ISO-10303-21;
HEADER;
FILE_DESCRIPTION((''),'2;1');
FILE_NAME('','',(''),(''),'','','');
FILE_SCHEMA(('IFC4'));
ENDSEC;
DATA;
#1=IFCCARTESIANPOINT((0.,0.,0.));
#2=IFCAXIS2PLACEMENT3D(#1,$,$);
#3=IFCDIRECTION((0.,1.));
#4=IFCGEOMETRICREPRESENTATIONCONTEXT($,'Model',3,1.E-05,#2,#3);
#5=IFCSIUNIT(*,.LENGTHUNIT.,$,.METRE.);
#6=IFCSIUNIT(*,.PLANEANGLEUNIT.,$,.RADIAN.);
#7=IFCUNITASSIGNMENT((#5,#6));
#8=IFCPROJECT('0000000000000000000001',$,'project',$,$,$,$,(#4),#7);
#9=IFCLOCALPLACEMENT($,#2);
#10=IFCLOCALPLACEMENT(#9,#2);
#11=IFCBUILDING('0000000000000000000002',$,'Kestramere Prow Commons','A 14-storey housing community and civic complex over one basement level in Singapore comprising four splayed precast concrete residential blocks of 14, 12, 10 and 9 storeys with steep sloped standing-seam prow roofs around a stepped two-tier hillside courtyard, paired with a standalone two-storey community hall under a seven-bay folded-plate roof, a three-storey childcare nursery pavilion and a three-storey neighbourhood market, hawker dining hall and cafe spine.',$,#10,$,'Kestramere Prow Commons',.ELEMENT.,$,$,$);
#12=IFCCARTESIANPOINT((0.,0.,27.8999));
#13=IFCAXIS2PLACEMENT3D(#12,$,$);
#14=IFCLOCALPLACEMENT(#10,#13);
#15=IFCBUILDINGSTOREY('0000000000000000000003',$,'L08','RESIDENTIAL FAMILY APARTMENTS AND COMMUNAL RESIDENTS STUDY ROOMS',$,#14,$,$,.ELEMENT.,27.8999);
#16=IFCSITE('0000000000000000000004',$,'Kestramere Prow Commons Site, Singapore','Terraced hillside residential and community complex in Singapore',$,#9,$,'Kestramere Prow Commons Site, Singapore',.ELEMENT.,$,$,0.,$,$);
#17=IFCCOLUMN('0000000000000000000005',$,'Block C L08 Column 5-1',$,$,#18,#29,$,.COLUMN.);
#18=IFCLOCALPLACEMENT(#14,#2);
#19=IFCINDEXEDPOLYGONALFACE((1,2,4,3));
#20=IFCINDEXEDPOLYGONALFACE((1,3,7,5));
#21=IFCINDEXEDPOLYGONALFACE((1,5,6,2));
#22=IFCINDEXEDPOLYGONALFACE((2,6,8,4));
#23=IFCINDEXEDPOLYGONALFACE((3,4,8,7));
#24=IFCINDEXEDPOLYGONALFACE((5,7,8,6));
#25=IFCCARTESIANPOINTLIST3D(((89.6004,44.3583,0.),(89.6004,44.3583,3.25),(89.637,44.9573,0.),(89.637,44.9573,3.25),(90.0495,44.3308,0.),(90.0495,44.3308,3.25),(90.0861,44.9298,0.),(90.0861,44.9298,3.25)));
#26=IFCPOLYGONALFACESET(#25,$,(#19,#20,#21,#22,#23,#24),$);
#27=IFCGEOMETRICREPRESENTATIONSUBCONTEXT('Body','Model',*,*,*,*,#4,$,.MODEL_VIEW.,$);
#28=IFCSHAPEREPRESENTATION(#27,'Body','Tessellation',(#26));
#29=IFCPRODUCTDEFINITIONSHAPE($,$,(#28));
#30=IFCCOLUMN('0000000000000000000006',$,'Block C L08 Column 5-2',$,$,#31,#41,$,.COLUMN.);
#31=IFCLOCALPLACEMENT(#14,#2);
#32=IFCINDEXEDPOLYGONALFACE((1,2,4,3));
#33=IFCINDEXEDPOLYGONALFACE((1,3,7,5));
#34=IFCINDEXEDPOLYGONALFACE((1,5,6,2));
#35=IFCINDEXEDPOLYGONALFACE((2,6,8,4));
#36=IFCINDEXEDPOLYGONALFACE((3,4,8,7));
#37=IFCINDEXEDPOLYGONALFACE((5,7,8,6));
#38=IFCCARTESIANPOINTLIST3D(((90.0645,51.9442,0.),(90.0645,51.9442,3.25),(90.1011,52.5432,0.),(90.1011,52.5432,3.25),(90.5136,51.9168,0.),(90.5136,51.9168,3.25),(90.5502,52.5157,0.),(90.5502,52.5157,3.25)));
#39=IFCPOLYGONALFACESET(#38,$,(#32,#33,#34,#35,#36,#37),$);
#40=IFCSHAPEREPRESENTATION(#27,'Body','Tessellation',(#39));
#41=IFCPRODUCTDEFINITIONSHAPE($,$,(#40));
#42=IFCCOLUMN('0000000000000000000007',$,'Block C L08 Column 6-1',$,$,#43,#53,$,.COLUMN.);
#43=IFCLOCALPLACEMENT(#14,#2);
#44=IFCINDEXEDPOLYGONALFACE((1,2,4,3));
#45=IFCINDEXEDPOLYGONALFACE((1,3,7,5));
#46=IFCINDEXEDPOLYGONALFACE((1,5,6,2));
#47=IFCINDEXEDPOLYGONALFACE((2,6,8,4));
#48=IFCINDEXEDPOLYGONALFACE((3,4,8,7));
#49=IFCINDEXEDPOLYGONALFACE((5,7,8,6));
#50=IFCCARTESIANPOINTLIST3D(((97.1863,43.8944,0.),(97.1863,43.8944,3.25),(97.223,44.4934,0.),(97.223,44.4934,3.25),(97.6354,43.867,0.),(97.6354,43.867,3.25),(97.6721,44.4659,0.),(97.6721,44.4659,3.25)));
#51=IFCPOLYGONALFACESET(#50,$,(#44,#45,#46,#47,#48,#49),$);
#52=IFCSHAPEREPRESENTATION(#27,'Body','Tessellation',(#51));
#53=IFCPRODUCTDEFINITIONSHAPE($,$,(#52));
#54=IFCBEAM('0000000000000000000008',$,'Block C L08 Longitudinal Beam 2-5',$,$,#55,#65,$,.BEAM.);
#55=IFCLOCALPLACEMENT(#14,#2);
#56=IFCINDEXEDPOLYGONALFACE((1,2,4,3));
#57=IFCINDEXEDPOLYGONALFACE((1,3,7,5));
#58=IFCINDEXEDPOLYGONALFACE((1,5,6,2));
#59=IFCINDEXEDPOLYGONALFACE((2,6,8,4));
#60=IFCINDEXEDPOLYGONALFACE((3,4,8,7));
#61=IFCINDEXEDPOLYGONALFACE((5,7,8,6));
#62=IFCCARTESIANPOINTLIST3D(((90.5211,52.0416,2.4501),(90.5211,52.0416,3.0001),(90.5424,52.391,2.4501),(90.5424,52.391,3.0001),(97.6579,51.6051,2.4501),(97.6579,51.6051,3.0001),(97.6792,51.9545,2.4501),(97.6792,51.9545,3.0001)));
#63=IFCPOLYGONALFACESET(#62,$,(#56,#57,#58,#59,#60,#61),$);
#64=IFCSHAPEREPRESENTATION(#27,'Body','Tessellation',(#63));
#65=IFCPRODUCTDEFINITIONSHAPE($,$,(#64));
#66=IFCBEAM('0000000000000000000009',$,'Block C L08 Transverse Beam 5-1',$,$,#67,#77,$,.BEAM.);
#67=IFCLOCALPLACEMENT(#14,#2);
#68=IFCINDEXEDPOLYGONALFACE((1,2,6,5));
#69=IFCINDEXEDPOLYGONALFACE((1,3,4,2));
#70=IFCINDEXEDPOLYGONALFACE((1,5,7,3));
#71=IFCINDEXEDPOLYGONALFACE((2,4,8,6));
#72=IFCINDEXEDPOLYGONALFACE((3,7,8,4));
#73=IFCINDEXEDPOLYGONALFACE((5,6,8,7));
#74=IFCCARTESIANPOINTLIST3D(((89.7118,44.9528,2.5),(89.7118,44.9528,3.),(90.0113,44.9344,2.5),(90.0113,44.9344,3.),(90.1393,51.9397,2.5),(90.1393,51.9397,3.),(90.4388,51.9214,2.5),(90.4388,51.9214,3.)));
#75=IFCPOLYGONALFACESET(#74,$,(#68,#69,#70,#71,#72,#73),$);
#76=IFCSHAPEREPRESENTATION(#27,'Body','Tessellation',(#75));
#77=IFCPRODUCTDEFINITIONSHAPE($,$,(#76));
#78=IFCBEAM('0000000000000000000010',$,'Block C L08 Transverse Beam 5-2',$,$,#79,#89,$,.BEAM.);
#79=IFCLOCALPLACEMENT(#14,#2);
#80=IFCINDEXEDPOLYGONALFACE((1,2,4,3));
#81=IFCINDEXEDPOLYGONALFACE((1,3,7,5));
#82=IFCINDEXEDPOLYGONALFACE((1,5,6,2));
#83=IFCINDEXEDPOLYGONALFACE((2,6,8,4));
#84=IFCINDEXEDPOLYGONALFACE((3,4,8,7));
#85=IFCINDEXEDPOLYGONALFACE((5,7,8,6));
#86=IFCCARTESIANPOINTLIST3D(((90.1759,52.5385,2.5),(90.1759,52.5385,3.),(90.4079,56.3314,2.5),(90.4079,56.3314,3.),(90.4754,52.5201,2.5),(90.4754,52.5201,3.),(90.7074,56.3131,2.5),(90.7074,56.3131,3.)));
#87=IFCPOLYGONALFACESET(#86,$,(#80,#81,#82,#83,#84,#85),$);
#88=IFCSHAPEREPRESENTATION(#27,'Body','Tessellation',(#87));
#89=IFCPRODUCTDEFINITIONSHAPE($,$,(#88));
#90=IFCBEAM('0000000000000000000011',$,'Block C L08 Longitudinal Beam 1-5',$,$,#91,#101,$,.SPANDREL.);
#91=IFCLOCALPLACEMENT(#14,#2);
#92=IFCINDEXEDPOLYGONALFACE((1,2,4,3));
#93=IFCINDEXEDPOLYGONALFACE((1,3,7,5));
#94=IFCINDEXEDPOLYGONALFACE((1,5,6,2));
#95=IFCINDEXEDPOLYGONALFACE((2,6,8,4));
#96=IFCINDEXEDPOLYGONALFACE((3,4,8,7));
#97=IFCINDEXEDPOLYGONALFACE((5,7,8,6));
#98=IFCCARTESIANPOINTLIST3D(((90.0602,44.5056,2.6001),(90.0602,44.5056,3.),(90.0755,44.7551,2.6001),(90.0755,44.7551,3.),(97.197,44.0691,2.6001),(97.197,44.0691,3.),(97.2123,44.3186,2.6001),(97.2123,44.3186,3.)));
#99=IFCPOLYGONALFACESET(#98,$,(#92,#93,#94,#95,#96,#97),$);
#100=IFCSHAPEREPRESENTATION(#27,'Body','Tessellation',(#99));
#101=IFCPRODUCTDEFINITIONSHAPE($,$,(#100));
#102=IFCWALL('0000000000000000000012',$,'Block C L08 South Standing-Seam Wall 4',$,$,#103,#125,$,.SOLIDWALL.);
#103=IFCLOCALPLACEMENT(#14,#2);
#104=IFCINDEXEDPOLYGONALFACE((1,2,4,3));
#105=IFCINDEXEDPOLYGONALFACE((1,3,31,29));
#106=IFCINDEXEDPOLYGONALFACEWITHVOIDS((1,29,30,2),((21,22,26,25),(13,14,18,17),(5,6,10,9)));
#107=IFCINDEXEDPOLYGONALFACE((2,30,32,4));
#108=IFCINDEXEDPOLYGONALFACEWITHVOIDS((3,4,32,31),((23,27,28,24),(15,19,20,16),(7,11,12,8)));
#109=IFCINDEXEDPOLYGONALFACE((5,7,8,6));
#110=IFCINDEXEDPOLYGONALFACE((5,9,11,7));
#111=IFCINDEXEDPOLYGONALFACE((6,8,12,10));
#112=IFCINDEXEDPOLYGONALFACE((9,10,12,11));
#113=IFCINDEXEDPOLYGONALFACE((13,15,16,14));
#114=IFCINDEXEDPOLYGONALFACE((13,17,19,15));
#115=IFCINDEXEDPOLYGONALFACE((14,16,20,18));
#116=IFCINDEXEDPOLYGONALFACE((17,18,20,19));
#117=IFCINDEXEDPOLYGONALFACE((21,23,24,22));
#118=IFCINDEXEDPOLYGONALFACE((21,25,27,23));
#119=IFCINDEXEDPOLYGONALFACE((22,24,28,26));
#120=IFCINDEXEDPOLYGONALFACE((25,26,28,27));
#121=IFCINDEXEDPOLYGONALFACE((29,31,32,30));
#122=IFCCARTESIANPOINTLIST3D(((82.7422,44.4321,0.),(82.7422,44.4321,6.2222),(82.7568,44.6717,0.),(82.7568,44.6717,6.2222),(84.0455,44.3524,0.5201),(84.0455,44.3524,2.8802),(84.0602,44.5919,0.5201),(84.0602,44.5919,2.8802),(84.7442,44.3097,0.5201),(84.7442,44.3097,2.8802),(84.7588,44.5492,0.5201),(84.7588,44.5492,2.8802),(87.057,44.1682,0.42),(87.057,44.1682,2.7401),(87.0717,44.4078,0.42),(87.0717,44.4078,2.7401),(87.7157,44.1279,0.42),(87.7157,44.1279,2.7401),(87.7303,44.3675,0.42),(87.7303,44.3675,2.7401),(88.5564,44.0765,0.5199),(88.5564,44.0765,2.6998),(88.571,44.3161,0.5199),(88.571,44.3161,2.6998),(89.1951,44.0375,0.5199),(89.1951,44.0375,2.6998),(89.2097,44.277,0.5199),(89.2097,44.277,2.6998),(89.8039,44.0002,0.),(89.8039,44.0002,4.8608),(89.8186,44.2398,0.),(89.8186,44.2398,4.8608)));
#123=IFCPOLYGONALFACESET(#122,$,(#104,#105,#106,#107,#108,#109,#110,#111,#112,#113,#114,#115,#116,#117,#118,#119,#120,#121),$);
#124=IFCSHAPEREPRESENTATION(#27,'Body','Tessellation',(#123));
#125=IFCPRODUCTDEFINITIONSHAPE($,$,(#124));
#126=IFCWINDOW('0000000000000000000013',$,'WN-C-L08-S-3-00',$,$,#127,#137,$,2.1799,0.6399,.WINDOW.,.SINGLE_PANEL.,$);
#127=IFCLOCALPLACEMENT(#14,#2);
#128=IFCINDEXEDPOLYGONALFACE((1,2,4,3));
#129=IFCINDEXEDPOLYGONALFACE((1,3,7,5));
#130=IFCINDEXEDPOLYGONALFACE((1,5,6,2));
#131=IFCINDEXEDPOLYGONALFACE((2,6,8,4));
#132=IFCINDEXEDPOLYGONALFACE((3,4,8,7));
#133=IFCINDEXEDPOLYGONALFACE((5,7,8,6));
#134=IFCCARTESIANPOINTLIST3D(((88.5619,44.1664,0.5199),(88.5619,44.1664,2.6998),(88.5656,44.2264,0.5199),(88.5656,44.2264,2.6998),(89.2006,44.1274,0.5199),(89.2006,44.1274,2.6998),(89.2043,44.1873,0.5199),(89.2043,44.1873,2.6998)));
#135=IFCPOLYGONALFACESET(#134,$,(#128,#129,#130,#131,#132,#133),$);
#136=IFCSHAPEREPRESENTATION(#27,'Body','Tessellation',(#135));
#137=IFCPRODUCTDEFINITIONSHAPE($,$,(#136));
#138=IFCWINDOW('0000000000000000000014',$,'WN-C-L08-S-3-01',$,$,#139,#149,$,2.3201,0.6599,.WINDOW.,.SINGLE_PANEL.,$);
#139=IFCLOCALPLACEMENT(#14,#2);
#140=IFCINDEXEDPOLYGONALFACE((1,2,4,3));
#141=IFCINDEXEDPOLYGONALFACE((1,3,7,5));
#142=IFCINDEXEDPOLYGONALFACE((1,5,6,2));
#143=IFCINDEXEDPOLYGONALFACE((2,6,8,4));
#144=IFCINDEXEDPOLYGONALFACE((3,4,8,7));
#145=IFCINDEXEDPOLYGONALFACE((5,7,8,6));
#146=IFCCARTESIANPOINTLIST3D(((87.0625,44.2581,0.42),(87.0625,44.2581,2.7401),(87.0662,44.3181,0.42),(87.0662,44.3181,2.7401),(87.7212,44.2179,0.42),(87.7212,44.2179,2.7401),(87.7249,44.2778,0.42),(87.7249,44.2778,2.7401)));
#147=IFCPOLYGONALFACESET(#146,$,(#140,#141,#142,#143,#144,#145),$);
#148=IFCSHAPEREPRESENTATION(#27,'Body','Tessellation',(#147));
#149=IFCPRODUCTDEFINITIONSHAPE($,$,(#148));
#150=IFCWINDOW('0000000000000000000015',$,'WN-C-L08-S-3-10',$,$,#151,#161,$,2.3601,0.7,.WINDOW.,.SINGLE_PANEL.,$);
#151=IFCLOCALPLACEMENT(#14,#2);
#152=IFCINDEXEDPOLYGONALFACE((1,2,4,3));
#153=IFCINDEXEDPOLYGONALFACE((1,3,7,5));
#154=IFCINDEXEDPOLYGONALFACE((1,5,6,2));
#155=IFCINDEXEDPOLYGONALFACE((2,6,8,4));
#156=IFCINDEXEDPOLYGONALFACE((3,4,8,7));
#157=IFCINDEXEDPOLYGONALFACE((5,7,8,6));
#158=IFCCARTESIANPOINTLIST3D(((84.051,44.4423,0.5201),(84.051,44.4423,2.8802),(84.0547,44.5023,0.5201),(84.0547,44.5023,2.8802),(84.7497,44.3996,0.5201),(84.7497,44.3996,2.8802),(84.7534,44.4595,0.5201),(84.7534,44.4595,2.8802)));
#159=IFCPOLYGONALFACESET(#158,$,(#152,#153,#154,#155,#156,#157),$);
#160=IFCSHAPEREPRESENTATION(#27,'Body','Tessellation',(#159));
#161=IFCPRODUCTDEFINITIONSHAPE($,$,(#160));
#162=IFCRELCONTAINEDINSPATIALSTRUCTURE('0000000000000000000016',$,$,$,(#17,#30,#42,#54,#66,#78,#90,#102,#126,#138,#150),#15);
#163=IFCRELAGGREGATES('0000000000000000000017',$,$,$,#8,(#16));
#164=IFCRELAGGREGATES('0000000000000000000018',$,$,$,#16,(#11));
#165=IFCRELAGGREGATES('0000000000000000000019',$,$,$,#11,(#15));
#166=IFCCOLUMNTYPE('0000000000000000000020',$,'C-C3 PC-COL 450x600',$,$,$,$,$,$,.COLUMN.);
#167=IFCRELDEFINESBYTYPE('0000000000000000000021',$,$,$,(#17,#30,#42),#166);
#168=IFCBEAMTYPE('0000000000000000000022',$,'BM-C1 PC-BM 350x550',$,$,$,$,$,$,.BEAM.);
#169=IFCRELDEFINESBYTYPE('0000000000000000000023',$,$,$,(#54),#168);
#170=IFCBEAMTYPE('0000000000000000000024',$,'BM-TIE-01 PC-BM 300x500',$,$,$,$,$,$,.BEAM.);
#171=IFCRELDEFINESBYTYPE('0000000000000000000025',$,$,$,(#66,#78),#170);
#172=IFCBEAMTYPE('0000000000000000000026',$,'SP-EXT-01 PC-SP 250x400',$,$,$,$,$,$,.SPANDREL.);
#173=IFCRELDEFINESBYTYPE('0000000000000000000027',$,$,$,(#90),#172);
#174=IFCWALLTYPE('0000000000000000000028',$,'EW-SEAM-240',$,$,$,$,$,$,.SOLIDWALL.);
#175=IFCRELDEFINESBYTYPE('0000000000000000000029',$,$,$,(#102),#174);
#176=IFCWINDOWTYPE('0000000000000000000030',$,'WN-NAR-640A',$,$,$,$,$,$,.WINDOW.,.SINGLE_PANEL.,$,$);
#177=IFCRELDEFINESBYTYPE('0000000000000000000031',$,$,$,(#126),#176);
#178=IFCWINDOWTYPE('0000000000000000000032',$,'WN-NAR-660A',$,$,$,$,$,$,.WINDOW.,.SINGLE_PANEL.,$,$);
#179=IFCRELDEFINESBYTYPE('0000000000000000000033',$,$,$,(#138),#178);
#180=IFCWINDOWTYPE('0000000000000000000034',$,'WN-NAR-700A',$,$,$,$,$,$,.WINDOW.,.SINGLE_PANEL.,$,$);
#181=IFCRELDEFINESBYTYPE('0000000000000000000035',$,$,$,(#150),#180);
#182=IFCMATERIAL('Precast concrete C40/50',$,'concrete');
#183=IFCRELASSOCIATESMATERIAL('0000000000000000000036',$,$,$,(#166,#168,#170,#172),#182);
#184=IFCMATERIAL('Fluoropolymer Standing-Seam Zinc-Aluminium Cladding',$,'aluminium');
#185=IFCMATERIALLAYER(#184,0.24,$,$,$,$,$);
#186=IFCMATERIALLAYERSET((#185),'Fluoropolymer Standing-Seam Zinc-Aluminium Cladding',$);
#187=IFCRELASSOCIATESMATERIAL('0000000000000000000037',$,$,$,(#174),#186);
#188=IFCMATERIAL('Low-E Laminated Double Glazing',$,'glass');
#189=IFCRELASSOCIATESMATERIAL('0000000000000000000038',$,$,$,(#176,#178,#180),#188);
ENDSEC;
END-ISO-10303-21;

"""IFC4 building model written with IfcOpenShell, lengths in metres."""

from ifc_helpers import new_model, si_unit, direction, frame, frame_2d, origin, origin_2d, place, context, subcontext, project, spatial, polyline, rectangle, outline, extrude, material, layer, layer_set, material_profile, profile_set, type_object, element, fill, save


model = new_model("IFC4")

# Units and contexts
model_context = context("Model", 3, precision=1e-05, world=origin(), true_north=direction((0.0, 1.0)))
body_context = subcontext(model_context, "Body", "Model", "MODEL_VIEW")
ifc_project = project(units=[si_unit("LENGTHUNIT", "METRE"), si_unit("PLANEANGLEUNIT", "RADIAN")], contexts=[model_context])

# Site, building, storey
site_placement = place(None, origin())
site = spatial("IfcSite", under=ifc_project, at=site_placement, Name="Kestramere Prow Commons Site, Singapore", Description="Terraced hillside residential and community complex in Singapore", LongName="Kestramere Prow Commons Site, Singapore", CompositionType="ELEMENT", RefElevation=0.0)
building_placement = place(site_placement, origin())
building = spatial("IfcBuilding", under=site, at=building_placement, Name="Kestramere Prow Commons", Description="A 14-storey housing community and civic complex over one basement level in Singapore comprising four splayed precast concrete residential blocks of 14, 12, 10 and 9 storeys with steep sloped standing-seam prow roofs around a stepped two-tier hillside courtyard, paired with a standalone two-storey community hall under a seven-bay folded-plate roof, a three-storey childcare nursery pavilion and a three-storey neighbourhood market, hawker dining hall and cafe spine.", LongName="Kestramere Prow Commons", CompositionType="ELEMENT")
storey_placement = place(building_placement, frame((0.0, 0.0, 27.8999)))
storey = spatial("IfcBuildingStorey", under=building, at=storey_placement, Name="L08", Description="RESIDENTIAL FAMILY APARTMENTS AND COMMUNAL RESIDENTS STUDY ROOMS", CompositionType="ELEMENT", Elevation=27.8999)

# Columns
ifc_material_1 = material(Name="Precast concrete C40/50", Category="concrete")
ifc_material_profile_1 = material_profile(ifc_material_1, rectangle(XDim=0.45, YDim=0.6001, at=origin_2d()), Name="PC-COL 450x600")
ifc_profile_set_1 = profile_set([ifc_material_profile_1], Name="Precast concrete C40/50")
column_type = type_object("IfcColumnType", Name="C-C3 PC-COL 450x600", PredefinedType="COLUMN", material=ifc_profile_set_1)
for number, where, z_axis, x_axis, name in (
    (1, (89.8433, 44.644, 0.0), (0.0, 0.0, 1.0), (0.998135, -0.061049, 0.0), "Block C L08 Column 5-1"),
    (2, (90.3074, 52.23, 0.0), (0.0, 0.0, 1.0), (0.998135, -0.061049, 0.0), "Block C L08 Column 5-2"),
    (3, (97.4292, 44.1802, 0.0), (0.0, 0.0, 1.0), (0.998135, -0.061049, 0.0), "Block C L08 Column 6-1"),
):
    element("IfcColumn", number, at=place(storey_placement, frame(where, z_axis=z_axis, x_axis=x_axis)), inside=storey, type_object=column_type, Name=name, PredefinedType="COLUMN", context=body_context, shape_type="SweptSolid", body=[
        extrude(rectangle(XDim=0.45, YDim=0.6001, at=origin_2d()), origin(), (0.0, 0.0, 1.0), 3.25),
    ])

# Beams
ifc_material_profile_2 = material_profile(ifc_material_1, rectangle(XDim=0.3501, YDim=0.55, at=origin_2d()), Name="PC-BM 350x550")
ifc_profile_set_2 = profile_set([ifc_material_profile_2], Name="Precast concrete C40/50")
beam_type_1 = type_object("IfcBeamType", Name="BM-C1 PC-BM 350x550", PredefinedType="BEAM", material=ifc_profile_set_2)
beam_1_placement = place(storey_placement, frame((90.5317, 52.2163, 2.7251), z_axis=(0.998135, -0.061052, 0.0), x_axis=(0.061052, 0.998135, 0.0)))
element("IfcBeam", 4, at=beam_1_placement, inside=storey, type_object=beam_type_1, Name="Block C L08 Longitudinal Beam 2-5", PredefinedType="BEAM", context=body_context, shape_type="SweptSolid", body=[
    extrude(rectangle(XDim=0.3501, YDim=0.55, at=origin_2d()), origin(), (0.0, 0.0, 1.0), 7.1501),
])
ifc_material_profile_3 = material_profile(ifc_material_1, rectangle(XDim=0.3, YDim=0.5, at=origin_2d()), Name="PC-BM 300x500")
ifc_profile_set_3 = profile_set([ifc_material_profile_3], Name="Precast concrete C40/50")
beam_type_2 = type_object("IfcBeamType", Name="BM-TIE-01 PC-BM 300x500", PredefinedType="BEAM", material=ifc_profile_set_3)
beam_2_placement = place(storey_placement, frame((89.8616, 44.9436, 2.75), z_axis=(0.061071, 0.998133, 0.0), x_axis=(-0.998133, 0.061071, 0.0)))
element("IfcBeam", 5, at=beam_2_placement, inside=storey, type_object=beam_type_2, Name="Block C L08 Transverse Beam 5-1", PredefinedType="BEAM", context=body_context, shape_type="SweptSolid", body=[
    extrude(rectangle(XDim=0.3, YDim=0.5, at=origin_2d()), origin(), (0.0, 0.0, 1.0), 7.0),
])
beam_3_placement = place(storey_placement, frame((90.3257, 52.5293, 2.75), z_axis=(0.061034, 0.998136, 0.0), x_axis=(-0.998136, 0.061034, 0.0)))
element("IfcBeam", 6, at=beam_3_placement, inside=storey, type_object=beam_type_2, Name="Block C L08 Transverse Beam 5-2", PredefinedType="BEAM", context=body_context, shape_type="SweptSolid", body=[
    extrude(rectangle(XDim=0.3, YDim=0.5, at=origin_2d()), origin(), (0.0, 0.0, 1.0), 3.8),
])
ifc_material_profile_4 = material_profile(ifc_material_1, rectangle(XDim=0.25, YDim=0.3999, at=origin_2d()), Name="PC-SP 250x400")
ifc_profile_set_4 = profile_set([ifc_material_profile_4], Name="Precast concrete C40/50")
beam_type_3 = type_object("IfcBeamType", Name="SP-EXT-01 PC-SP 250x400", PredefinedType="SPANDREL", material=ifc_profile_set_4)
beam_4_placement = place(storey_placement, frame((90.0679, 44.6304, 2.8), z_axis=(0.998135, -0.061052, 0.0), x_axis=(0.061052, 0.998135, 0.0)))
element("IfcBeam", 7, at=beam_4_placement, inside=storey, type_object=beam_type_3, Name="Block C L08 Longitudinal Beam 1-5", PredefinedType="SPANDREL", context=body_context, shape_type="SweptSolid", body=[
    extrude(rectangle(XDim=0.25, YDim=0.3999, at=origin_2d()), origin(), (0.0, 0.0, 1.0), 7.1501),
])

# Wall, openings, windows
ifc_material_2 = material(Name="Fluoropolymer Standing-Seam Zinc-Aluminium Cladding", Category="aluminium")
ifc_layer_1 = layer(ifc_material_2, 0.24)
ifc_layer_set_1 = layer_set([ifc_layer_1], Name="Fluoropolymer Standing-Seam Zinc-Aluminium Cladding")
wall_type_1 = type_object("IfcWallType", Name="EW-SEAM-240", PredefinedType="SOLIDWALL", material=ifc_layer_set_1)
wall_1_placement = place(storey_placement, frame((89.8113, 44.1201, 0.0), z_axis=(0.0, 0.0, 1.0), x_axis=(-0.998135, 0.061044, 0.0)))
wall_1 = element("IfcWall", 8, at=wall_1_placement, inside=storey, type_object=wall_type_1, Name="Block C L08 South Standing-Seam Wall 4", PredefinedType="SOLIDWALL", context=body_context, shape_type="SweptSolid", body=[
    extrude(outline(polyline([(0.0, 0.0), (7.075, 0.0), (7.075, 6.2222), (0.0, 4.8608), (0.0, 0.0)])), frame((0.0, 0.1201, 0.0), z_axis=(0.0, -1.0, 0.0), x_axis=(1.0, 0.0, 0.0)), (0.0, 0.0, 1.0), 0.24),
])
opening_1_placement = place(wall_1_placement, frame((0.6101, 0.0, 0.52)))
opening_1 = element("IfcOpeningElement", 9, at=opening_1_placement, cuts=wall_1, PredefinedType="OPENING", context=body_context, shape_type="SweptSolid", body=[
    extrude(rectangle(XDim=0.6399, YDim=2.1799, at=frame_2d((0.3198, 1.0898))), frame((0.0, 0.135, 0.0), z_axis=(0.0, -1.0, 0.0), x_axis=(1.0, 0.0, 0.0)), (0.0, 0.0, 1.0), 0.27),
])
opening_2_placement = place(wall_1_placement, frame((2.092, 0.0, 0.4199)))
opening_2 = element("IfcOpeningElement", 10, at=opening_2_placement, cuts=wall_1, PredefinedType="OPENING", context=body_context, shape_type="SweptSolid", body=[
    extrude(rectangle(XDim=0.6599, YDim=2.3201, at=frame_2d((0.3301, 1.1602))), frame((0.0, 0.135, 0.0), z_axis=(0.0, -1.0, 0.0), x_axis=(1.0, 0.0, 0.0)), (0.0, 0.0, 1.0), 0.27),
])
opening_3_placement = place(wall_1_placement, frame((5.0691, 0.0, 0.52)))
opening_3 = element("IfcOpeningElement", 11, at=opening_3_placement, cuts=wall_1, PredefinedType="OPENING", context=body_context, shape_type="SweptSolid", body=[
    extrude(rectangle(XDim=0.7, YDim=2.3601, at=frame_2d((0.3501, 1.1802))), frame((0.0, 0.135, 0.0), z_axis=(0.0, -1.0, 0.0), x_axis=(1.0, 0.0, 0.0)), (0.0, 0.0, 1.0), 0.27),
])
ifc_material_3 = material(Name="Low-E Laminated Double Glazing", Category="glass")
window_type_1 = type_object("IfcWindowType", Name="WN-NAR-640A", PartitioningType="SINGLE_PANEL", PredefinedType="WINDOW", material=ifc_material_3)
window_1_placement = place(opening_1_placement, origin())
window_1 = element("IfcWindow", 12, at=window_1_placement, inside=storey, type_object=window_type_1, Name="WN-C-L08-S-3-00", OverallHeight=2.1799, OverallWidth=0.6399, PartitioningType="SINGLE_PANEL", PredefinedType="WINDOW", context=body_context, shape_type="SweptSolid", body=[
    extrude(rectangle(XDim=0.6399, YDim=2.1799, at=frame_2d((0.3198, 1.0898))), frame((0.0, 0.03, 0.0), z_axis=(0.0, -1.0, 0.0), x_axis=(1.0, 0.0, 0.0)), (0.0, 0.0, 1.0), 0.0601),
])
fill(opening_1, window_1)
window_type_2 = type_object("IfcWindowType", Name="WN-NAR-660A", PartitioningType="SINGLE_PANEL", PredefinedType="WINDOW", material=ifc_material_3)
window_2_placement = place(opening_2_placement, origin())
window_2 = element("IfcWindow", 13, at=window_2_placement, inside=storey, type_object=window_type_2, Name="WN-C-L08-S-3-01", OverallHeight=2.3201, OverallWidth=0.6599, PartitioningType="SINGLE_PANEL", PredefinedType="WINDOW", context=body_context, shape_type="SweptSolid", body=[
    extrude(rectangle(XDim=0.6599, YDim=2.3201, at=frame_2d((0.3301, 1.1602))), frame((0.0, 0.03, 0.0), z_axis=(0.0, -1.0, 0.0), x_axis=(1.0, 0.0, 0.0)), (0.0, 0.0, 1.0), 0.0601),
])
fill(opening_2, window_2)
window_type_3 = type_object("IfcWindowType", Name="WN-NAR-700A", PartitioningType="SINGLE_PANEL", PredefinedType="WINDOW", material=ifc_material_3)
window_3_placement = place(opening_3_placement, origin())
window_3 = element("IfcWindow", 14, at=window_3_placement, inside=storey, type_object=window_type_3, Name="WN-C-L08-S-3-10", OverallHeight=2.3601, OverallWidth=0.7, PartitioningType="SINGLE_PANEL", PredefinedType="WINDOW", context=body_context, shape_type="SweptSolid", body=[
    extrude(rectangle(XDim=0.7, YDim=2.3601, at=frame_2d((0.3501, 1.1802))), frame((0.0, 0.03, 0.0), z_axis=(0.0, -1.0, 0.0), x_axis=(1.0, 0.0, 0.0)), (0.0, 0.0, 1.0), 0.0601),
])
fill(opening_3, window_3)

save(model, "model.ifc")
